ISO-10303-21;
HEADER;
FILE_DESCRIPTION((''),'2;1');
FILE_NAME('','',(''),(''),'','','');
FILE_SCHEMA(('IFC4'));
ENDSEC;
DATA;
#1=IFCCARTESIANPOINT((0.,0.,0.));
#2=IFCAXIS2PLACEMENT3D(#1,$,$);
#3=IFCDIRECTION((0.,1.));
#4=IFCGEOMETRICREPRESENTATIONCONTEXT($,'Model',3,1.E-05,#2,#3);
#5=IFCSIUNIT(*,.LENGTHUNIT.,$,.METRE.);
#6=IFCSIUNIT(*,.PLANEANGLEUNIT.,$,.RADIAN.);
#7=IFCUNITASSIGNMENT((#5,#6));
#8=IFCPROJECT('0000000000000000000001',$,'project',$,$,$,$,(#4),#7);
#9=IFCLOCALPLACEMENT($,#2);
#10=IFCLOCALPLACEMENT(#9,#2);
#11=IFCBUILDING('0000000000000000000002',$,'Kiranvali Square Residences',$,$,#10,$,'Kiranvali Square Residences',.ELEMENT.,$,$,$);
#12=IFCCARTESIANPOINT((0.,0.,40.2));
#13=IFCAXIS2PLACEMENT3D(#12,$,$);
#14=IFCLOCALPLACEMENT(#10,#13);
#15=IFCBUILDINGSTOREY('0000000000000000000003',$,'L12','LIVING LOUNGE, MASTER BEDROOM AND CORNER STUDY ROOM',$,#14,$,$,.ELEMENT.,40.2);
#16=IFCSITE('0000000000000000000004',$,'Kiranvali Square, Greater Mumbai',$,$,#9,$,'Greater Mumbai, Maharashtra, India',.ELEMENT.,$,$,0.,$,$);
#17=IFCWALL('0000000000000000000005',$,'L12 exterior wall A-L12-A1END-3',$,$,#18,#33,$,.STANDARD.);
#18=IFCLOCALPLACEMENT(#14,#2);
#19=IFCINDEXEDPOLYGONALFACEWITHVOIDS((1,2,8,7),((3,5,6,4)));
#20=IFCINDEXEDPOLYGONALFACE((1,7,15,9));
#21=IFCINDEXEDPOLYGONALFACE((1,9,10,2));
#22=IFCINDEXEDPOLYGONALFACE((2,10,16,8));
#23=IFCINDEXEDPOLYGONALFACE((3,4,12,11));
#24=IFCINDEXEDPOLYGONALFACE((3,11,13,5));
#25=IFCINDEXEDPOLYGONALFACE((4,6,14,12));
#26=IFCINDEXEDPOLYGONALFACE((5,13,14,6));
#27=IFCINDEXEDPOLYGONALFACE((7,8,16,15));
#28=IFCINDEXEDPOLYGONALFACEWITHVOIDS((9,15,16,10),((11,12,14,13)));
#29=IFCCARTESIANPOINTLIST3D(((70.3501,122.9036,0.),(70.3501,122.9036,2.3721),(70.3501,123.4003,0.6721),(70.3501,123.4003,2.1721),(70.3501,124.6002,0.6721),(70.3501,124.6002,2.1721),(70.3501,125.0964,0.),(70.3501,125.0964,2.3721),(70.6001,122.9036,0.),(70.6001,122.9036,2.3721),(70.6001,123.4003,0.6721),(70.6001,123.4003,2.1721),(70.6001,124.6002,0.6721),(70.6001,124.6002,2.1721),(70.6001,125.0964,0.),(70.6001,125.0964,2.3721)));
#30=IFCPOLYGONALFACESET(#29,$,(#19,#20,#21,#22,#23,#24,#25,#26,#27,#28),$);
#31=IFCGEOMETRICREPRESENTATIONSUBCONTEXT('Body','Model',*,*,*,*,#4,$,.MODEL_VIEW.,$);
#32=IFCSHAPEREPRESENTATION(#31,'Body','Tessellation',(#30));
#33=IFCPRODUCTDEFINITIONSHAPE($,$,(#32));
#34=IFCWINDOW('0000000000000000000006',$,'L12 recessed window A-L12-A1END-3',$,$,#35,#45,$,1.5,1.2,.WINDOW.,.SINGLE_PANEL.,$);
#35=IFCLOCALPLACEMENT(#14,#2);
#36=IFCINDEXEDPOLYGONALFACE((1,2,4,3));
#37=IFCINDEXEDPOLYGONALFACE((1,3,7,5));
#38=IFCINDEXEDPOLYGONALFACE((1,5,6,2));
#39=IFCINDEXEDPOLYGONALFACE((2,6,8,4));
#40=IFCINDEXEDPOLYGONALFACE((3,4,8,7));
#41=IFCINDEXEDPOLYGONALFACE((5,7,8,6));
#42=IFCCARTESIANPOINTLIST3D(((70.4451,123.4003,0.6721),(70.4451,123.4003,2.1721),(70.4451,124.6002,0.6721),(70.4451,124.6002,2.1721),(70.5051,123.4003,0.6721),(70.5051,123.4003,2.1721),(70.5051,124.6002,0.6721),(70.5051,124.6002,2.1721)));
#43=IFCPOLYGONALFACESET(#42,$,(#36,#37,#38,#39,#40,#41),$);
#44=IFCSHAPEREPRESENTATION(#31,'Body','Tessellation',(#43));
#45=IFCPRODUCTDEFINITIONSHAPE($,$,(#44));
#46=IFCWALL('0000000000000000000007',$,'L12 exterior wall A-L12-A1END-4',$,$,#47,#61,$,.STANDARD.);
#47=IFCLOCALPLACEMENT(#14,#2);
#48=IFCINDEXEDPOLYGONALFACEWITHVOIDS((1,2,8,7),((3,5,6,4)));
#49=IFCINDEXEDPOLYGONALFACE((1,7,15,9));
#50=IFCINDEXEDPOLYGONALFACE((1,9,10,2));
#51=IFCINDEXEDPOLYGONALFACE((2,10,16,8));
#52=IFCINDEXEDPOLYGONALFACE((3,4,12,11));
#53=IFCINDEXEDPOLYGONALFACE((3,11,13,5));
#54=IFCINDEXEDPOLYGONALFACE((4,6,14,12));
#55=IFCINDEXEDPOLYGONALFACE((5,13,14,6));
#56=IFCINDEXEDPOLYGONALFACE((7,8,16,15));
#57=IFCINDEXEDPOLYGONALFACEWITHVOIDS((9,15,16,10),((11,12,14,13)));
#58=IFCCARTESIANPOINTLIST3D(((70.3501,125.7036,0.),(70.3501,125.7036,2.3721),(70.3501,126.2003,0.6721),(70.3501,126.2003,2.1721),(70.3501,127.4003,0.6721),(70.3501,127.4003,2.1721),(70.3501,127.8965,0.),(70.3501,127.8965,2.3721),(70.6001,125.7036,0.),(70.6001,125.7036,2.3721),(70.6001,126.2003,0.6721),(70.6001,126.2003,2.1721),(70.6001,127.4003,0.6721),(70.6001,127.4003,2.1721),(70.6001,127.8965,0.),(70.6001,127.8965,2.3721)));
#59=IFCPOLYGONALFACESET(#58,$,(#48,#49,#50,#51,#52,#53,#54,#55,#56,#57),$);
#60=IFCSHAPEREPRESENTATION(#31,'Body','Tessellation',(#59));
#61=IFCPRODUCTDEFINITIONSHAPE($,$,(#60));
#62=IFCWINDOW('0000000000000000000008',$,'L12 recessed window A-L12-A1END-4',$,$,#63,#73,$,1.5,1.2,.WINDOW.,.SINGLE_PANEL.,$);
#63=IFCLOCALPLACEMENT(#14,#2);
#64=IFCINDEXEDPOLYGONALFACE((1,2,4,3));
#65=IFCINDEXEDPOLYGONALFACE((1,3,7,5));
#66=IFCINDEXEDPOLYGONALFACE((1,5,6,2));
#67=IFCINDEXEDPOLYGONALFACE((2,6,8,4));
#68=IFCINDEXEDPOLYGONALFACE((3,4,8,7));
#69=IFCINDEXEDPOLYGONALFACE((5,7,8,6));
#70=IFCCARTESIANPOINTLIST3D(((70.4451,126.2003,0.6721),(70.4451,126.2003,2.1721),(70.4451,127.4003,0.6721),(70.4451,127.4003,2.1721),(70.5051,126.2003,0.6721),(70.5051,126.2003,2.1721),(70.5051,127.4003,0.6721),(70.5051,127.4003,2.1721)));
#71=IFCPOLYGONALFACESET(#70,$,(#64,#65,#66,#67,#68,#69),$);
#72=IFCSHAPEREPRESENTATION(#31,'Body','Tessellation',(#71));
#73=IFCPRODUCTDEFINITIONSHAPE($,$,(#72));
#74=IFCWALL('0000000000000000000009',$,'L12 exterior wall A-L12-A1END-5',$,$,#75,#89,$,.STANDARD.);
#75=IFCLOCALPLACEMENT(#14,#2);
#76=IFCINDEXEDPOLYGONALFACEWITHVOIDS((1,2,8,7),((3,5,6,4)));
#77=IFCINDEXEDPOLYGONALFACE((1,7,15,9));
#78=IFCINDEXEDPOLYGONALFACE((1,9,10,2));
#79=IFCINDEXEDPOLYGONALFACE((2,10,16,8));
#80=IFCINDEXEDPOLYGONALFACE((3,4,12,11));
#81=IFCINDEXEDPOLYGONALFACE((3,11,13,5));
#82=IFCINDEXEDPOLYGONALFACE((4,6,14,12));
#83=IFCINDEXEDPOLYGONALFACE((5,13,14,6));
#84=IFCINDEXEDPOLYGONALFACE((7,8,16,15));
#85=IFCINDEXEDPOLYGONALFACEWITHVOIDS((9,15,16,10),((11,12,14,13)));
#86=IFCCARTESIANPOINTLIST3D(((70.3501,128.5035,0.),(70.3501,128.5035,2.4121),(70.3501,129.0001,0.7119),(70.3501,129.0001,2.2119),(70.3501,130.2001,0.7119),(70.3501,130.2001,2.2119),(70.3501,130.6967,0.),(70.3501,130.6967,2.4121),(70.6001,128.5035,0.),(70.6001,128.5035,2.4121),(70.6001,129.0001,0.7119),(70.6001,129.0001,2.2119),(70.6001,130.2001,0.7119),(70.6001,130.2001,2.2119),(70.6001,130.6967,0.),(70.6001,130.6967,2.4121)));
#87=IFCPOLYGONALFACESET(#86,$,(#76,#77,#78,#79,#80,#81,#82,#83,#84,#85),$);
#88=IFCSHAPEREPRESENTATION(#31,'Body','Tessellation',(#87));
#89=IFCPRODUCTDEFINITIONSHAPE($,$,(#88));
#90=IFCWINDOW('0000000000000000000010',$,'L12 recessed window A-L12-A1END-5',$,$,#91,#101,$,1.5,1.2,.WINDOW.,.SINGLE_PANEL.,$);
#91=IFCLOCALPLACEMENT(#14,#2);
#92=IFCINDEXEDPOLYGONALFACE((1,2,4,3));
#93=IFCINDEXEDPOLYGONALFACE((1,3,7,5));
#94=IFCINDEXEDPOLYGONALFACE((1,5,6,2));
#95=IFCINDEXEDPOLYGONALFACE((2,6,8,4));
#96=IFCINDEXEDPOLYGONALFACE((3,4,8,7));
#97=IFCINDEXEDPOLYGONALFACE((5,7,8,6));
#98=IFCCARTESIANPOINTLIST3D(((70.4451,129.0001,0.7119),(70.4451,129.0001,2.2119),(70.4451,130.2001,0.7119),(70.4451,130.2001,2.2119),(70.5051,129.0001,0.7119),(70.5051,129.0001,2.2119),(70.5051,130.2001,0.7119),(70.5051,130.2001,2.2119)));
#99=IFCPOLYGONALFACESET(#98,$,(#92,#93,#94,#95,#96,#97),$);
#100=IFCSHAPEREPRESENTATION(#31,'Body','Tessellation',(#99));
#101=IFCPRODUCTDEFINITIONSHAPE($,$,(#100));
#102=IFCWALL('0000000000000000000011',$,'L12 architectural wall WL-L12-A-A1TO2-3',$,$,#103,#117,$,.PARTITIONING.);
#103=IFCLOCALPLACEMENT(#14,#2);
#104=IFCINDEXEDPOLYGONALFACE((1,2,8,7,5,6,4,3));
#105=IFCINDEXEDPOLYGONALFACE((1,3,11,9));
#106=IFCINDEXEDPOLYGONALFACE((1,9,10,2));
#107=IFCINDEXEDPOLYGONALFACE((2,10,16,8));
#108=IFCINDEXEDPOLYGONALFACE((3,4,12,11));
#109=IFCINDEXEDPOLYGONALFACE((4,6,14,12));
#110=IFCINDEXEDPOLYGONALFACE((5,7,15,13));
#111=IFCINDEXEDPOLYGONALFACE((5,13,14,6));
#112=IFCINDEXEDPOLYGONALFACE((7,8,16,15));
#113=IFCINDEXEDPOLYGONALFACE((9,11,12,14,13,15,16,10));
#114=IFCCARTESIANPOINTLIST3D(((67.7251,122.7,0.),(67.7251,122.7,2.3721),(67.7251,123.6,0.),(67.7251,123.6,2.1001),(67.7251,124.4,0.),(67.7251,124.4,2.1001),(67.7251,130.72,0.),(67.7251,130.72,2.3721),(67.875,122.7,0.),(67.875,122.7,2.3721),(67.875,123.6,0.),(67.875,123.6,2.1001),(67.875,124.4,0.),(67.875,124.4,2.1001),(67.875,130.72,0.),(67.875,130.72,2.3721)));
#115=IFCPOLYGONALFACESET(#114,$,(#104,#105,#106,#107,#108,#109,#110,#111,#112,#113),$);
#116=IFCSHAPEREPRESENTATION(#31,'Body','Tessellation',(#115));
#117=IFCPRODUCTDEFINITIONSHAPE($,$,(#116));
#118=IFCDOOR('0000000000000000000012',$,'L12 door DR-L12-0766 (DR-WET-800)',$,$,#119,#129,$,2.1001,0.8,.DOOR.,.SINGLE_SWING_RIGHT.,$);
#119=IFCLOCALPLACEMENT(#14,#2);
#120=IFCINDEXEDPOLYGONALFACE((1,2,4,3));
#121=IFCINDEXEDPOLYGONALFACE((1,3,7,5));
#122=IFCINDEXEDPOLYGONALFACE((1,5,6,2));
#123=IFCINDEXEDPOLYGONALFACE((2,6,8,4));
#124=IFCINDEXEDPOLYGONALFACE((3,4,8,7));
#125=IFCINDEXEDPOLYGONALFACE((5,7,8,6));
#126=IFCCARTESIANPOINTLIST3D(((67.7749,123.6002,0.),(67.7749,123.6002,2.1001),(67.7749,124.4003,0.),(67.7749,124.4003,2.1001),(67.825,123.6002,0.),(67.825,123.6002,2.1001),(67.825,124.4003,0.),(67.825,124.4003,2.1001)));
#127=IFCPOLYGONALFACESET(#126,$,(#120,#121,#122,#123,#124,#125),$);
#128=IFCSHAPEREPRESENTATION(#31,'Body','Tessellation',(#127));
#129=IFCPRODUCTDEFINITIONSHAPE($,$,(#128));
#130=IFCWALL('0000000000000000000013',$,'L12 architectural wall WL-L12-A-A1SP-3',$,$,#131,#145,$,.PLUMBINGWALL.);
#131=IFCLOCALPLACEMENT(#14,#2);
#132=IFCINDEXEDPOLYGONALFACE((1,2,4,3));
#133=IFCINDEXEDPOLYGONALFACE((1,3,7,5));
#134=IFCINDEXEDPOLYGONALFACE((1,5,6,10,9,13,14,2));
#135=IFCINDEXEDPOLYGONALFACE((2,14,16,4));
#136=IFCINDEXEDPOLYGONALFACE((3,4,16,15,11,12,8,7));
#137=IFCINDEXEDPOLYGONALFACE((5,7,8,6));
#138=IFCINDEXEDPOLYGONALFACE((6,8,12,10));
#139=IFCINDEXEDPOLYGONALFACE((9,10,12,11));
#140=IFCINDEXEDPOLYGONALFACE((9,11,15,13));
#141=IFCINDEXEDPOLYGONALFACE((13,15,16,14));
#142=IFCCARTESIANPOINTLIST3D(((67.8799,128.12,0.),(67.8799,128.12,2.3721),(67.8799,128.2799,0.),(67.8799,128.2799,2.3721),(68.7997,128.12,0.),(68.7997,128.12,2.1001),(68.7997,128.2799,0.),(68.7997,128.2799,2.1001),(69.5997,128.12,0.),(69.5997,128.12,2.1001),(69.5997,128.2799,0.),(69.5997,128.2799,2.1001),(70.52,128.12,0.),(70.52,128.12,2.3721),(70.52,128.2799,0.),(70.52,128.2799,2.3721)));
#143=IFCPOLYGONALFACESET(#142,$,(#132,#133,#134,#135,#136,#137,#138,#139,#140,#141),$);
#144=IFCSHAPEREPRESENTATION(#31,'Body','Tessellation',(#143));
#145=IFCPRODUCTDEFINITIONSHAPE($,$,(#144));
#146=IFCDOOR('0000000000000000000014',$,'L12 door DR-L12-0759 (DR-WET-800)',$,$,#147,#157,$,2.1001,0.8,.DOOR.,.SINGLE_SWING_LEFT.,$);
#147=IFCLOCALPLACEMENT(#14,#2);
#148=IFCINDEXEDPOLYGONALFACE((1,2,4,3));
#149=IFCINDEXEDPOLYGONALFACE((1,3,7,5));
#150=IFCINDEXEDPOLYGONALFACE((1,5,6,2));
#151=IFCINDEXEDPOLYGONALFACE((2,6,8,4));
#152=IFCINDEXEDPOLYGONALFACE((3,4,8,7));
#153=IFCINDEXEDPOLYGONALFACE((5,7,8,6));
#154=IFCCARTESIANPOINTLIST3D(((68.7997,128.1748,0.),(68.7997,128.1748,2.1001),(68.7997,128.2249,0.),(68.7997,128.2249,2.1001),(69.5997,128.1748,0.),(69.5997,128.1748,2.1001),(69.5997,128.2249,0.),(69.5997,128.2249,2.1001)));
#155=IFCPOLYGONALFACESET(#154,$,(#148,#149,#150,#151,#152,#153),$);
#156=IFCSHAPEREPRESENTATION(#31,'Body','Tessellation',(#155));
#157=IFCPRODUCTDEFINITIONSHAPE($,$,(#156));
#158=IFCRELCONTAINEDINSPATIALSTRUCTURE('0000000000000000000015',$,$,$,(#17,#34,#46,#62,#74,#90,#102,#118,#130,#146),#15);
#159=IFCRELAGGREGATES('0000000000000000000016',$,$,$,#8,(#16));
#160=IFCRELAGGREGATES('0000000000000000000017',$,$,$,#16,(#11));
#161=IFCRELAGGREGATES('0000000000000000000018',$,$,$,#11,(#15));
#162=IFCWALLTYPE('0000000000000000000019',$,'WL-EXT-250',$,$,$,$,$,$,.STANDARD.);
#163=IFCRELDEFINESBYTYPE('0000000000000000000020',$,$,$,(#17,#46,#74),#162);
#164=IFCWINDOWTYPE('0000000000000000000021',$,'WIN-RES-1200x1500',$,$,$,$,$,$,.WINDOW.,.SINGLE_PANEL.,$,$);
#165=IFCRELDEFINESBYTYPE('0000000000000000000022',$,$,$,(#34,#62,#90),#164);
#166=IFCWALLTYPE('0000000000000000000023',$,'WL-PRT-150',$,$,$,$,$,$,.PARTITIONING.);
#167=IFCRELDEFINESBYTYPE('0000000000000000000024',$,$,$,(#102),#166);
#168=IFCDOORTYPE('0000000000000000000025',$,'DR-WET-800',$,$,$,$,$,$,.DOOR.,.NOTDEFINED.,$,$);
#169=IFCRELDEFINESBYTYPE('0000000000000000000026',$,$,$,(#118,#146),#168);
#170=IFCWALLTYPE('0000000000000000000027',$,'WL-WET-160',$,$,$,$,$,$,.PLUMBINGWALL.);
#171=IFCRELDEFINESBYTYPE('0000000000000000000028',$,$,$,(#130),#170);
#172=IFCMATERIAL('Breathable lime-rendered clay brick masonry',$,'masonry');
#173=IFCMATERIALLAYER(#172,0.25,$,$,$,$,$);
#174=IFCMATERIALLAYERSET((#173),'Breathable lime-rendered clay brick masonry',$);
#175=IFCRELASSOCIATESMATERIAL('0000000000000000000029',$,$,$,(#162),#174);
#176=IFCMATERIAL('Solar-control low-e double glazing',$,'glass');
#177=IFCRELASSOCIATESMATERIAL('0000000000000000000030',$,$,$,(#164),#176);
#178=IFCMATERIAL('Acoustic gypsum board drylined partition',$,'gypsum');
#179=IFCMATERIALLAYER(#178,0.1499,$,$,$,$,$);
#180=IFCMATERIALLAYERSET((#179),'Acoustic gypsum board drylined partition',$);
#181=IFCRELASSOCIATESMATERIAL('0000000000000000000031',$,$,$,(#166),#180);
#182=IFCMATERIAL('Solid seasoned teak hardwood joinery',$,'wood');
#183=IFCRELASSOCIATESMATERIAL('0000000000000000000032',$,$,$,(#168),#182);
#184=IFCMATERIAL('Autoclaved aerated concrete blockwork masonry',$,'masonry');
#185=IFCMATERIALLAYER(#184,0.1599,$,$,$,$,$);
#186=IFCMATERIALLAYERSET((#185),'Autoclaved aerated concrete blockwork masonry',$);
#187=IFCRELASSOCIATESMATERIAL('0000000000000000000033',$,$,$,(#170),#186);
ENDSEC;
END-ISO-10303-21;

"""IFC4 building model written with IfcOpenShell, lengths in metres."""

from ifc_helpers import new_model, si_unit, direction, frame, frame_2d, origin, place, context, subcontext, project, spatial, rectangle, extrude, material, layer, layer_set, type_object, element, fill, save


model = new_model("IFC4")

# Units and contexts
model_context = context("Model", 3, precision=1e-05, world=origin(), true_north=direction((0.0, 1.0)))
body_context = subcontext(model_context, "Body", "Model", "MODEL_VIEW")
ifc_project = project(units=[si_unit("LENGTHUNIT", "METRE"), si_unit("PLANEANGLEUNIT", "RADIAN")], contexts=[model_context])

# Site, building, storey
site_placement = place(None, origin())
site = spatial("IfcSite", under=ifc_project, at=site_placement, Name="Kiranvali Square, Greater Mumbai", LongName="Greater Mumbai, Maharashtra, India", CompositionType="ELEMENT", RefElevation=0.0)
building_placement = place(site_placement, origin())
building = spatial("IfcBuilding", under=site, at=building_placement, Name="Kiranvali Square Residences", LongName="Kiranvali Square Residences", CompositionType="ELEMENT")
storey_placement = place(building_placement, frame((0.0, 0.0, 40.2)))
storey = spatial("IfcBuildingStorey", under=building, at=storey_placement, Name="L12", Description="LIVING LOUNGE, MASTER BEDROOM AND CORNER STUDY ROOM", CompositionType="ELEMENT", Elevation=40.2)

# Walls, openings, windows
ifc_material_1 = material(Name="Breathable lime-rendered clay brick masonry", Category="masonry")
ifc_layer_1 = layer(ifc_material_1, 0.25)
ifc_layer_set_1 = layer_set([ifc_layer_1], Name="Breathable lime-rendered clay brick masonry")
wall_type_1 = type_object("IfcWallType", Name="WL-EXT-250", PredefinedType="STANDARD", material=ifc_layer_set_1)
ifc_material_2 = material(Name="Solar-control low-e double glazing", Category="glass")
wall_1_placement = place(storey_placement, frame((70.4751, 122.9036, 0.0), z_axis=(0.0, 0.0, 1.0), x_axis=(0.0, 1.0, 0.0)))
wall_1 = element("IfcWall", 1, at=wall_1_placement, inside=storey, type_object=wall_type_1, Name="L12 exterior wall A-L12-A1END-3", PredefinedType="STANDARD", context=body_context, shape_type="SweptSolid", body=[
    extrude(rectangle(XDim=2.1929, YDim=0.25, at=frame_2d((1.0964, 0.0))), origin(), (0.0, 0.0, 1.0), 2.3721),
])
opening_1_placement = place(wall_1_placement, frame((0.4966, 0.0, 0.6721)))
opening_1 = element("IfcOpeningElement", 2, at=opening_1_placement, cuts=wall_1, PredefinedType="OPENING", context=body_context, shape_type="SweptSolid", body=[
    extrude(rectangle(XDim=1.2, YDim=1.5, at=frame_2d((0.6001, 0.75))), frame((0.0, 0.135, 0.0), z_axis=(0.0, -1.0, 0.0), x_axis=(1.0, 0.0, 0.0)), (0.0, 0.0, 1.0), 0.27),
])
window_type_1 = type_object("IfcWindowType", Name="WIN-RES-1200x1500", PartitioningType="SINGLE_PANEL", PredefinedType="WINDOW", material=ifc_material_2)
window_1_placement = place(opening_1_placement, origin())
window_1 = element("IfcWindow", 3, at=window_1_placement, inside=storey, type_object=window_type_1, Name="L12 recessed window A-L12-A1END-3", OverallHeight=1.5, OverallWidth=1.2, PartitioningType="SINGLE_PANEL", PredefinedType="WINDOW", context=body_context, shape_type="SweptSolid", body=[
    extrude(rectangle(XDim=1.2, YDim=1.5, at=frame_2d((0.6001, 0.75))), frame((0.0, 0.03, 0.0), z_axis=(0.0, -1.0, 0.0), x_axis=(1.0, 0.0, 0.0)), (0.0, 0.0, 1.0), 0.0601),
])
fill(opening_1, window_1)
wall_2_placement = place(storey_placement, frame((70.4751, 125.7036, 0.0), z_axis=(0.0, 0.0, 1.0), x_axis=(0.0, 1.0, 0.0)))
wall_2 = element("IfcWall", 4, at=wall_2_placement, inside=storey, type_object=wall_type_1, Name="L12 exterior wall A-L12-A1END-4", PredefinedType="STANDARD", context=body_context, shape_type="SweptSolid", body=[
    extrude(rectangle(XDim=2.1929, YDim=0.25, at=frame_2d((1.0964, 0.0))), origin(), (0.0, 0.0, 1.0), 2.3721),
])
opening_2_placement = place(wall_2_placement, frame((0.4966, 0.0, 0.6721)))
opening_2 = element("IfcOpeningElement", 5, at=opening_2_placement, cuts=wall_2, PredefinedType="OPENING", context=body_context, shape_type="SweptSolid", body=[
    extrude(rectangle(XDim=1.2, YDim=1.5, at=frame_2d((0.6001, 0.75))), frame((0.0, 0.135, 0.0), z_axis=(0.0, -1.0, 0.0), x_axis=(1.0, 0.0, 0.0)), (0.0, 0.0, 1.0), 0.27),
])
window_2_placement = place(opening_2_placement, origin())
window_2 = element("IfcWindow", 6, at=window_2_placement, inside=storey, type_object=window_type_1, Name="L12 recessed window A-L12-A1END-4", OverallHeight=1.5, OverallWidth=1.2, PartitioningType="SINGLE_PANEL", PredefinedType="WINDOW", context=body_context, shape_type="SweptSolid", body=[
    extrude(rectangle(XDim=1.2, YDim=1.5, at=frame_2d((0.6001, 0.75))), frame((0.0, 0.03, 0.0), z_axis=(0.0, -1.0, 0.0), x_axis=(1.0, 0.0, 0.0)), (0.0, 0.0, 1.0), 0.0601),
])
fill(opening_2, window_2)
wall_3_placement = place(storey_placement, frame((70.4751, 128.5034, 0.0), z_axis=(0.0, 0.0, 1.0), x_axis=(0.0, 1.0, 0.0)))
wall_3 = element("IfcWall", 7, at=wall_3_placement, inside=storey, type_object=wall_type_1, Name="L12 exterior wall A-L12-A1END-5", PredefinedType="STANDARD", context=body_context, shape_type="SweptSolid", body=[
    extrude(rectangle(XDim=2.1931, YDim=0.25, at=frame_2d((1.0967, 0.0))), origin(), (0.0, 0.0, 1.0), 2.4121),
])
opening_3_placement = place(wall_3_placement, frame((0.4966, 0.0, 0.7119)))
opening_3 = element("IfcOpeningElement", 8, at=opening_3_placement, cuts=wall_3, PredefinedType="OPENING", context=body_context, shape_type="SweptSolid", body=[
    extrude(rectangle(XDim=1.2, YDim=1.5, at=frame_2d((0.6001, 0.75))), frame((0.0, 0.135, 0.0), z_axis=(0.0, -1.0, 0.0), x_axis=(1.0, 0.0, 0.0)), (0.0, 0.0, 1.0), 0.27),
])
window_3_placement = place(opening_3_placement, origin())
window_3 = element("IfcWindow", 9, at=window_3_placement, inside=storey, type_object=window_type_1, Name="L12 recessed window A-L12-A1END-5", OverallHeight=1.5, OverallWidth=1.2, PartitioningType="SINGLE_PANEL", PredefinedType="WINDOW", context=body_context, shape_type="SweptSolid", body=[
    extrude(rectangle(XDim=1.2, YDim=1.5, at=frame_2d((0.6001, 0.75))), frame((0.0, 0.03, 0.0), z_axis=(0.0, -1.0, 0.0), x_axis=(1.0, 0.0, 0.0)), (0.0, 0.0, 1.0), 0.0601),
])
fill(opening_3, window_3)

# Walls, openings, doors
ifc_material_3 = material(Name="Acoustic gypsum board drylined partition", Category="gypsum")
ifc_layer_2 = layer(ifc_material_3, 0.1499)
ifc_layer_set_2 = layer_set([ifc_layer_2], Name="Acoustic gypsum board drylined partition")
wall_type_2 = type_object("IfcWallType", Name="WL-PRT-150", PredefinedType="PARTITIONING", material=ifc_layer_set_2)
wall_4_placement = place(storey_placement, frame((67.8, 122.7, 0.0), z_axis=(0.0, 0.0, 1.0), x_axis=(0.0, 1.0, 0.0)))
wall_4 = element("IfcWall", 10, at=wall_4_placement, inside=storey, type_object=wall_type_2, Name="L12 architectural wall WL-L12-A-A1TO2-3", PredefinedType="PARTITIONING", context=body_context, shape_type="SweptSolid", body=[
    extrude(rectangle(XDim=8.02, YDim=0.1499, at=frame_2d((4.01, 0.0))), origin(), (0.0, 0.0, 1.0), 2.3721),
])
opening_4_placement = place(wall_4_placement, frame((0.9001, 0.0, 0.0)))
opening_4 = element("IfcOpeningElement", 11, at=opening_4_placement, cuts=wall_4, PredefinedType="OPENING", context=body_context, shape_type="SweptSolid", body=[
    extrude(rectangle(XDim=0.8, YDim=2.1001, at=frame_2d((0.3999, 1.05))), frame((0.0, 0.085, 0.0), z_axis=(0.0, -1.0, 0.0), x_axis=(1.0, 0.0, 0.0)), (0.0, 0.0, 1.0), 0.1699),
])
ifc_material_4 = material(Name="Solid seasoned teak hardwood joinery", Category="wood")
door_type = type_object("IfcDoorType", Name="DR-WET-800", OperationType="NOTDEFINED", PredefinedType="DOOR", material=ifc_material_4)
door_1_placement = place(opening_4_placement, frame((0.8, 0.0, 0.0), z_axis=(0.0, 0.0, 1.0), x_axis=(-1.0, 0.0, 0.0)))
door_1 = element("IfcDoor", 12, at=door_1_placement, inside=storey, type_object=door_type, Name="L12 door DR-L12-0766 (DR-WET-800)", OperationType="SINGLE_SWING_RIGHT", OverallHeight=2.1001, OverallWidth=0.8, PredefinedType="DOOR", context=body_context, shape_type="SweptSolid", body=[
    extrude(rectangle(XDim=0.8, YDim=2.1001, at=frame_2d((0.3999, 1.05))), frame((0.0, 0.0249, 0.0), z_axis=(0.0, -1.0, 0.0), x_axis=(1.0, 0.0, 0.0)), (0.0, 0.0, 1.0), 0.05),
])
fill(opening_4, door_1)
ifc_material_5 = material(Name="Autoclaved aerated concrete blockwork masonry", Category="masonry")
ifc_layer_3 = layer(ifc_material_5, 0.1599)
ifc_layer_set_3 = layer_set([ifc_layer_3], Name="Autoclaved aerated concrete blockwork masonry")
wall_type_3 = type_object("IfcWallType", Name="WL-WET-160", PredefinedType="PLUMBINGWALL", material=ifc_layer_set_3)
wall_5_placement = place(storey_placement, frame((67.8799, 128.2, 0.0), z_axis=(0.0, 0.0, 1.0), x_axis=(1.0, 0.0, 0.0)))
wall_5 = element("IfcWall", 13, at=wall_5_placement, inside=storey, type_object=wall_type_3, Name="L12 architectural wall WL-L12-A-A1SP-3", PredefinedType="PLUMBINGWALL", context=body_context, shape_type="SweptSolid", body=[
    extrude(rectangle(XDim=2.6401, YDim=0.1599, at=frame_2d((1.3201, 0.0))), origin(), (0.0, 0.0, 1.0), 2.3721),
])
opening_5_placement = place(wall_5_placement, frame((0.9199, 0.0, 0.0)))
opening_5 = element("IfcOpeningElement", 14, at=opening_5_placement, cuts=wall_5, PredefinedType="OPENING", context=body_context, shape_type="SweptSolid", body=[
    extrude(rectangle(XDim=0.8, YDim=2.1001, at=frame_2d((0.3999, 1.05))), frame((0.0, 0.0898, 0.0), z_axis=(0.0, -1.0, 0.0), x_axis=(1.0, 0.0, 0.0)), (0.0, 0.0, 1.0), 0.1799),
])
door_2_placement = place(opening_5_placement, origin())
door_2 = element("IfcDoor", 15, at=door_2_placement, inside=storey, type_object=door_type, Name="L12 door DR-L12-0759 (DR-WET-800)", OperationType="SINGLE_SWING_LEFT", OverallHeight=2.1001, OverallWidth=0.8, PredefinedType="DOOR", context=body_context, shape_type="SweptSolid", body=[
    extrude(rectangle(XDim=0.8, YDim=2.1001, at=frame_2d((0.3999, 1.05))), frame((0.0, 0.0249, 0.0), z_axis=(0.0, -1.0, 0.0), x_axis=(1.0, 0.0, 0.0)), (0.0, 0.0, 1.0), 0.05),
])
fill(opening_5, door_2)

save(model, "model.ifc")
